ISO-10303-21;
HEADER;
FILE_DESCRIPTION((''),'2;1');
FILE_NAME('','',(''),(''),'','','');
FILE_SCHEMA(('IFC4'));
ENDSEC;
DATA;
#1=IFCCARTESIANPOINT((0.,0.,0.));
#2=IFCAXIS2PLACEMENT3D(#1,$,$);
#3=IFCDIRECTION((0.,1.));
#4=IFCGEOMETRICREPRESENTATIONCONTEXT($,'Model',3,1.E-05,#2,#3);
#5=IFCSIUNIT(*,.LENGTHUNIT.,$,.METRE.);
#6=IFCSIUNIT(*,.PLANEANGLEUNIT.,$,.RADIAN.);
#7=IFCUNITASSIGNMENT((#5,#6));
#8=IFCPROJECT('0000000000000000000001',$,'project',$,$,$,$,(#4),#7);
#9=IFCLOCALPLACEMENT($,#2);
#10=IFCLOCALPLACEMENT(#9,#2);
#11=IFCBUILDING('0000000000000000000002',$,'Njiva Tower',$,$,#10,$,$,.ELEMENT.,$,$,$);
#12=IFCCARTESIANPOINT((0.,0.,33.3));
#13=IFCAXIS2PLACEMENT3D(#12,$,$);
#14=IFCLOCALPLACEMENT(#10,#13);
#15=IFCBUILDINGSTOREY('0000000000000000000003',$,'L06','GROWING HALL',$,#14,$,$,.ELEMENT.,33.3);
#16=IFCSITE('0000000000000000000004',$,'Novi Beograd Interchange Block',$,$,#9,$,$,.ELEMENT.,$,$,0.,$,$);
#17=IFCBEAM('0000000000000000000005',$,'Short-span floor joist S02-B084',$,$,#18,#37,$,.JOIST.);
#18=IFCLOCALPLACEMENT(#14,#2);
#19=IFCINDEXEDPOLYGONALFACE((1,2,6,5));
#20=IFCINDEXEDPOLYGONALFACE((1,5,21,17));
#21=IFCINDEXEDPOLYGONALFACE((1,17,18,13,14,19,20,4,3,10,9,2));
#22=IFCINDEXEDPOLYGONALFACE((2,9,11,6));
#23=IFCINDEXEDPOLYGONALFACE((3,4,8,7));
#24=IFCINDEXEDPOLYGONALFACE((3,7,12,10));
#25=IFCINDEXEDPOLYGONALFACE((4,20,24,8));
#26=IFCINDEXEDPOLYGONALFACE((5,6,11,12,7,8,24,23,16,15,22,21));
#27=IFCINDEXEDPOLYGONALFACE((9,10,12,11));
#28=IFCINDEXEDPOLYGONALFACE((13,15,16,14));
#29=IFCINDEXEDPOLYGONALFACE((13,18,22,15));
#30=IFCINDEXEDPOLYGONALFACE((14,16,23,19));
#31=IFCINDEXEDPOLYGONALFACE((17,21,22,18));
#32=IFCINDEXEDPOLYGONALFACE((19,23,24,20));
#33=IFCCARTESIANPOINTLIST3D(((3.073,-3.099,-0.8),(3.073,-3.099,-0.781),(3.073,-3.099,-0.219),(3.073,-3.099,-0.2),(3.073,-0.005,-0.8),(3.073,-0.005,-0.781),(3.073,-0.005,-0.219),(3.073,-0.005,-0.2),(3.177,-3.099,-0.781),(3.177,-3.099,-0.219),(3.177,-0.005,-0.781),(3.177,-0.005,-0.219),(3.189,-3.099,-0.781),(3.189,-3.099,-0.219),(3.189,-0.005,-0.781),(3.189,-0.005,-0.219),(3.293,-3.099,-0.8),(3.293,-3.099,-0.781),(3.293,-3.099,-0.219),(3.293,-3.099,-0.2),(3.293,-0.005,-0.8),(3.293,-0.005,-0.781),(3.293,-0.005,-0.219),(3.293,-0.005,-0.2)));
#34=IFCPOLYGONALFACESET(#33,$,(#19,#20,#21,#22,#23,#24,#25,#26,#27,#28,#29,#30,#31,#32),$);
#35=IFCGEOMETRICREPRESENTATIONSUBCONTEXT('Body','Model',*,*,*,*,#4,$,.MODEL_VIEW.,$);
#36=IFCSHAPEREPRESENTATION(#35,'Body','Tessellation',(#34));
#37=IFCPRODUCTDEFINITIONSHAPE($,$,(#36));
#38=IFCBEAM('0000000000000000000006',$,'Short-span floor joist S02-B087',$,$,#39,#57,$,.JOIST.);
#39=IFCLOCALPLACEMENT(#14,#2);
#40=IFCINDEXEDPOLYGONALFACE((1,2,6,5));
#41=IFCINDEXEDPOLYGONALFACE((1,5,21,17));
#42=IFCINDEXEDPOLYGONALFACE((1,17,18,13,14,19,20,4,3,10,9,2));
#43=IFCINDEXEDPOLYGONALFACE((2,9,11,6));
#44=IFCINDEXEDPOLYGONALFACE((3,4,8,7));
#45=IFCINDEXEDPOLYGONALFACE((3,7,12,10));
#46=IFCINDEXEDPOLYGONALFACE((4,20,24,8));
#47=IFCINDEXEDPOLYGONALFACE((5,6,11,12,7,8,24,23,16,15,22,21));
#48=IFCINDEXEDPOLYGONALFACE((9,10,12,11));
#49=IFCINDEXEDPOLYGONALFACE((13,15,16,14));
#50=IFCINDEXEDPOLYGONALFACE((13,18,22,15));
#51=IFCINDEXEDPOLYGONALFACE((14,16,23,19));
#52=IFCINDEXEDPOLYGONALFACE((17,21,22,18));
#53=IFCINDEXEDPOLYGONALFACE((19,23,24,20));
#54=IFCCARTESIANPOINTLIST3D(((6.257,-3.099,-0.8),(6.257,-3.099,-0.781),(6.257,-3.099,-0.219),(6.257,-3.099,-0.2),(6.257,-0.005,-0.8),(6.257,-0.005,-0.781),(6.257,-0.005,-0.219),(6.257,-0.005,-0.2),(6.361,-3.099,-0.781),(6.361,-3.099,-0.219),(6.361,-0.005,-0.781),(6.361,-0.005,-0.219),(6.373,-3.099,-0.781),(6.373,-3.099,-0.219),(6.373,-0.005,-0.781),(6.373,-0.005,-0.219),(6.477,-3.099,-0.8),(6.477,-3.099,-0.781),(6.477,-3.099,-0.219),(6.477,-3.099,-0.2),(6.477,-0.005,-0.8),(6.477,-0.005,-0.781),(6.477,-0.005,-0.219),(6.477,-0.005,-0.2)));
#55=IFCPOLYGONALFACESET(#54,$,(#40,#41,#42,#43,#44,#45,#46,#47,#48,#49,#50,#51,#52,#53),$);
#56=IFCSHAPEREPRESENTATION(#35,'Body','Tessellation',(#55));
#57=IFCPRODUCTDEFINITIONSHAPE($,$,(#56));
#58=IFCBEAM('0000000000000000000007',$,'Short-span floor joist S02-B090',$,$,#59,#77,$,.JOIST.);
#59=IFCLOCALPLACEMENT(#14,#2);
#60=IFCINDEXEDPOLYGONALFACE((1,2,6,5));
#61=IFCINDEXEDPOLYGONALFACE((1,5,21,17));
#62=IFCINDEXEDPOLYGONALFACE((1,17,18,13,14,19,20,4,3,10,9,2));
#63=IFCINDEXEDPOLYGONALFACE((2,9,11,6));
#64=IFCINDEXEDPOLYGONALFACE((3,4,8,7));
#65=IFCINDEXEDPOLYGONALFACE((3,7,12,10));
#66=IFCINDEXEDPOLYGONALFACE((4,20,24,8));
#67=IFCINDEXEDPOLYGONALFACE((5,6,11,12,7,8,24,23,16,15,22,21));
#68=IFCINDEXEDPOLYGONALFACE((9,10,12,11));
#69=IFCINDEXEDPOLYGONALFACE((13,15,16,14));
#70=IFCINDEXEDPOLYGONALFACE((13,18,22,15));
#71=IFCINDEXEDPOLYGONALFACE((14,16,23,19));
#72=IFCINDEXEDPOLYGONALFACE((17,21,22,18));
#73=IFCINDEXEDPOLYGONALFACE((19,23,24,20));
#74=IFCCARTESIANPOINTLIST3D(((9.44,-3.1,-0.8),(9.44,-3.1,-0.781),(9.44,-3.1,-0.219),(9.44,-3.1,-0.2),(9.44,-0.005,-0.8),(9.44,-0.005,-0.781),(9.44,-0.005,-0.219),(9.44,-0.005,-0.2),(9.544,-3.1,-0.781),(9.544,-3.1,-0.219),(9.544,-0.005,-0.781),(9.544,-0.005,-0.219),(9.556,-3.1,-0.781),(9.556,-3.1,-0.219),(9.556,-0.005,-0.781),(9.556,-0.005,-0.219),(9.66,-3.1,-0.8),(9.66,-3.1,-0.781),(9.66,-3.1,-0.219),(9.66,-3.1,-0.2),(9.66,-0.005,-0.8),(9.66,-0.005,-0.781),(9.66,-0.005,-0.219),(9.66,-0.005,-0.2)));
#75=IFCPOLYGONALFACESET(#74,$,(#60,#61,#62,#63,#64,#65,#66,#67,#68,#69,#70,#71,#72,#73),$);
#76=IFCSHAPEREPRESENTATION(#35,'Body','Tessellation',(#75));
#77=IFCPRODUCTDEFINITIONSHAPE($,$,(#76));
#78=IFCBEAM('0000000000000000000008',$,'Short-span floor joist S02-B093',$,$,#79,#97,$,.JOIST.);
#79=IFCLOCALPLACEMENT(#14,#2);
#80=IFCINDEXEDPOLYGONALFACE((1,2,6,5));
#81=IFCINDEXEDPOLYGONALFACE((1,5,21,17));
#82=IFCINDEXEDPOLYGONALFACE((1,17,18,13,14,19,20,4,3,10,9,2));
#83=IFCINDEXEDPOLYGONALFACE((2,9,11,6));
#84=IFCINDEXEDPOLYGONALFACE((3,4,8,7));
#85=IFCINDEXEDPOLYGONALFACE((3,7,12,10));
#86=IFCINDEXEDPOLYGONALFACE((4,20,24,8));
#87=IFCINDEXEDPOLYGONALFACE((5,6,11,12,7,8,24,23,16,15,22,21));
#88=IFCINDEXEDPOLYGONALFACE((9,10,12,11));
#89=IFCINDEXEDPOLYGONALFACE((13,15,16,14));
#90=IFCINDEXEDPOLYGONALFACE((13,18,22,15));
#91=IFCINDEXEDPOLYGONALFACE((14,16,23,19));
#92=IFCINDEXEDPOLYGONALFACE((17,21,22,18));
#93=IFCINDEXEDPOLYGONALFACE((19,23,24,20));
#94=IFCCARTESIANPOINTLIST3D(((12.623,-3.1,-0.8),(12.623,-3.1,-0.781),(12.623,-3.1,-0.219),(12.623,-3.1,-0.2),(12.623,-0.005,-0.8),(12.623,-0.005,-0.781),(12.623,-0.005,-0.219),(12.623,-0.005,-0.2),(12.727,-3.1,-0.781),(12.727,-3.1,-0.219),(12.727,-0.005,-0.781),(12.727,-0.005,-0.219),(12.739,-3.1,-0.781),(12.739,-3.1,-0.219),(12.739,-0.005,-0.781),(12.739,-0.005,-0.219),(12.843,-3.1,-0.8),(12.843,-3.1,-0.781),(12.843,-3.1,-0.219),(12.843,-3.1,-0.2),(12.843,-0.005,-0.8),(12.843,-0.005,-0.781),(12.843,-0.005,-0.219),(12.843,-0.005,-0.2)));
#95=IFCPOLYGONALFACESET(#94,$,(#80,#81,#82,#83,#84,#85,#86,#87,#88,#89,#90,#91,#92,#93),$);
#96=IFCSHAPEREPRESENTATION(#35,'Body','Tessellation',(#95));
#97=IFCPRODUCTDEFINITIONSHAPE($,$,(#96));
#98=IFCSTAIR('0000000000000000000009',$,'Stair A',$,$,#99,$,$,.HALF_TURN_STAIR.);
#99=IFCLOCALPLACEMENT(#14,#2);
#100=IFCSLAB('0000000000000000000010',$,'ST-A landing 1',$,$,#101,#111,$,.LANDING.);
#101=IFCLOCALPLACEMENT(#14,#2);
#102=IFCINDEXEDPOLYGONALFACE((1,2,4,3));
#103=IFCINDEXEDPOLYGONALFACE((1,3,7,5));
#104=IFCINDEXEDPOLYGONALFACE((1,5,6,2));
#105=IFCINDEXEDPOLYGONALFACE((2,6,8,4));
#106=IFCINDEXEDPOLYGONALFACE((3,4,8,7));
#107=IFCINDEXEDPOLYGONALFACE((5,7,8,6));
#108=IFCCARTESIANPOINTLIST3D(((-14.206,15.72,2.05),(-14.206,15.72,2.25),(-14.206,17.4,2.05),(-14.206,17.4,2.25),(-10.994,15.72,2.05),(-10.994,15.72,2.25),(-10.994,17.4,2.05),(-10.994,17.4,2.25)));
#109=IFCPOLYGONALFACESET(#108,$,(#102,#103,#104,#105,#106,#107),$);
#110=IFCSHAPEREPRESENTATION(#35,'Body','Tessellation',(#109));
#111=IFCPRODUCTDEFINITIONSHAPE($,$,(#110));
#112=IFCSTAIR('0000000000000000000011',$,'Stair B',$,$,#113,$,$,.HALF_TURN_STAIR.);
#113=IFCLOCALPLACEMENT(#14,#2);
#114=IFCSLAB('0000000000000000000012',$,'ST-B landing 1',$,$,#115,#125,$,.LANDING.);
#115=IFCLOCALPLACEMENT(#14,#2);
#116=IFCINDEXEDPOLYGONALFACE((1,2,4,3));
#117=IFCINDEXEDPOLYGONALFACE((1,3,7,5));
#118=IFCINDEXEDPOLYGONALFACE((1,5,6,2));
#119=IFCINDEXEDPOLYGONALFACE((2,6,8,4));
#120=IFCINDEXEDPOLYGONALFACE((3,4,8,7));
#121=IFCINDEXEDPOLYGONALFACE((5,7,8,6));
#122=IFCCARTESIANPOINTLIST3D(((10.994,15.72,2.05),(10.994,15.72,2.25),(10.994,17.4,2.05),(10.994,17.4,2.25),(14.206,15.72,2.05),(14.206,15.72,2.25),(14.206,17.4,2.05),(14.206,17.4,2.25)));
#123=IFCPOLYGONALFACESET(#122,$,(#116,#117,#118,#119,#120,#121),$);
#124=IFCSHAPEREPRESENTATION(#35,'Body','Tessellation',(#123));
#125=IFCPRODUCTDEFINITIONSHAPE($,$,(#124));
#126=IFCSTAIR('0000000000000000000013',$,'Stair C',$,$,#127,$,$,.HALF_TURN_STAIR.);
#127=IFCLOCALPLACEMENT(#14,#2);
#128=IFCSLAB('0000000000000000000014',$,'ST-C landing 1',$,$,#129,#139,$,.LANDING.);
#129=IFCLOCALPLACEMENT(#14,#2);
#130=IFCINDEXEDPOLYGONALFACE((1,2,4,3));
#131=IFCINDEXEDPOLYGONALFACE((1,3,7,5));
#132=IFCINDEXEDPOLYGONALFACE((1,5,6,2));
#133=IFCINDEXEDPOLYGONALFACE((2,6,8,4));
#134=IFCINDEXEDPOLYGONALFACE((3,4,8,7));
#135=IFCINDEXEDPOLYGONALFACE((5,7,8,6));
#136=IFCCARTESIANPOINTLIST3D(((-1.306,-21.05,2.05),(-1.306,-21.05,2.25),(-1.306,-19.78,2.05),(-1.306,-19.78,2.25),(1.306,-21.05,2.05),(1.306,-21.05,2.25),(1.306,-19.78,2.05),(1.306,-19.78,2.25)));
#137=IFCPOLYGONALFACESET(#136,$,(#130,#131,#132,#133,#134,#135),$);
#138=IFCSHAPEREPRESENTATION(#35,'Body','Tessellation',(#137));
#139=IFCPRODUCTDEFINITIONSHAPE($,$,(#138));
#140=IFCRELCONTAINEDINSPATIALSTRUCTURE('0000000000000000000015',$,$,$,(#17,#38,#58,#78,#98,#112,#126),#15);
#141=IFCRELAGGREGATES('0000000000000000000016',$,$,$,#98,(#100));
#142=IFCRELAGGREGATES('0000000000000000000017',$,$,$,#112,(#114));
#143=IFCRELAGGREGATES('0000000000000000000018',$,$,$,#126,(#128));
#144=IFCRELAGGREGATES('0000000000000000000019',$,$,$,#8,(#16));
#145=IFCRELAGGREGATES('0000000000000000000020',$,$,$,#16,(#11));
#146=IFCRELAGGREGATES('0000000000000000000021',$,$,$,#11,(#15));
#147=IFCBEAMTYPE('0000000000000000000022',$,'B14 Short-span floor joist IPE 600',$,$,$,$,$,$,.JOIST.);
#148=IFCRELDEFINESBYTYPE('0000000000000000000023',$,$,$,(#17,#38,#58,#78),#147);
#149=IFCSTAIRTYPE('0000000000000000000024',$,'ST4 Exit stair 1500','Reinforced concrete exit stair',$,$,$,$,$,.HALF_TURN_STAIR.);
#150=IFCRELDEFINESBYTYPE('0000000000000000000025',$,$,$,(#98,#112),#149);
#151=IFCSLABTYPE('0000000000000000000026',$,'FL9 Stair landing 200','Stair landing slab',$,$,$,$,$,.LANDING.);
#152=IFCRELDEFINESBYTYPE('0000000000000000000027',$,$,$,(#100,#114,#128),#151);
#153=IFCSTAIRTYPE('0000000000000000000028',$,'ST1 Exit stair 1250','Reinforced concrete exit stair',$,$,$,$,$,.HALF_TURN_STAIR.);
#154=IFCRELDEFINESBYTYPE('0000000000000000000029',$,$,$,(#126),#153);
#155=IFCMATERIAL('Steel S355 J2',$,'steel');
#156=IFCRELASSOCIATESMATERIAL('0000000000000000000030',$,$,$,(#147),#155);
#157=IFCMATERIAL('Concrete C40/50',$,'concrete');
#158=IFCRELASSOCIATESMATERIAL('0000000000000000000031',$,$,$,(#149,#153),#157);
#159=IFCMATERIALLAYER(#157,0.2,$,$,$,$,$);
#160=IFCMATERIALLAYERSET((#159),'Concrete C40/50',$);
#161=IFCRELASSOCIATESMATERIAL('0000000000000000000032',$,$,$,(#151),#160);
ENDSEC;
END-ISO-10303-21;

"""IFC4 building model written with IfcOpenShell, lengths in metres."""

from ifc_helpers import new_model, si_unit, direction, frame, origin, origin_2d, place, context, subcontext, project, spatial, polyline, i_section, outline, extrude, material, layer, layer_set, material_profile, profile_set, type_object, element, aggregate, save


model = new_model("IFC4")

# Units and contexts
model_context = context("Model", 3, precision=1e-05, world=origin(), true_north=direction((0.0, 1.0)))
body_context = subcontext(model_context, "Body", "Model", "MODEL_VIEW")
ifc_project = project(units=[si_unit("LENGTHUNIT", "METRE"), si_unit("PLANEANGLEUNIT", "RADIAN")], contexts=[model_context])

# Site, building, storey
site_placement = place(None, origin())
site = spatial("IfcSite", under=ifc_project, at=site_placement, Name="Novi Beograd Interchange Block", CompositionType="ELEMENT", RefElevation=0.0)
building_placement = place(site_placement, origin())
building = spatial("IfcBuilding", under=site, at=building_placement, Name="Njiva Tower", CompositionType="ELEMENT")
storey_placement = place(building_placement, frame((0.0, 0.0, 33.3)))
storey = spatial("IfcBuildingStorey", under=building, at=storey_placement, Name="L06", Description="GROWING HALL", CompositionType="ELEMENT", Elevation=33.3)

# Beams
ifc_material_1 = material(Name="Steel S355 J2", Category="steel")
ifc_material_profile = material_profile(ifc_material_1, i_section(OverallWidth=0.22, OverallDepth=0.6, WebThickness=0.012, FlangeThickness=0.019, at=origin_2d()), Name="IPE 600")
ifc_profile_set = profile_set([ifc_material_profile], Name="Steel S355 J2")
beam_type = type_object("IfcBeamType", Name="B14 Short-span floor joist IPE 600", PredefinedType="JOIST", material=ifc_profile_set)
for number, where, z_axis, x_axis, name in (
    (1, (3.183, -0.005, -0.5), (0.0, -1.0, 0.0), (1.0, 0.0, 0.0), "Short-span floor joist S02-B084"),
    (2, (6.367, -0.005, -0.5), (0.0, -1.0, 0.0), (1.0, 0.0, 0.0), "Short-span floor joist S02-B087"),
):
    element("IfcBeam", number, at=place(storey_placement, frame(where, z_axis=z_axis, x_axis=x_axis)), inside=storey, type_object=beam_type, Name=name, PredefinedType="JOIST", context=body_context, shape_type="SweptSolid", body=[
        extrude(i_section(OverallWidth=0.22, OverallDepth=0.6, WebThickness=0.012, FlangeThickness=0.019, at=origin_2d()), origin(), (0.0, 0.0, 1.0), 3.094),
    ])
for number, where, z_axis, x_axis, name in (
    (3, (9.55, -0.005, -0.5), (0.0, -1.0, 0.0), (1.0, 0.0, 0.0), "Short-span floor joist S02-B090"),
    (4, (12.733, -0.005, -0.5), (0.0, -1.0, 0.0), (1.0, 0.0, 0.0), "Short-span floor joist S02-B093"),
):
    element("IfcBeam", number, at=place(storey_placement, frame(where, z_axis=z_axis, x_axis=x_axis)), inside=storey, type_object=beam_type, Name=name, PredefinedType="JOIST", context=body_context, shape_type="SweptSolid", body=[
        extrude(i_section(OverallWidth=0.22, OverallDepth=0.6, WebThickness=0.012, FlangeThickness=0.019, at=origin_2d()), origin(), (0.0, 0.0, 1.0), 3.095),
    ])

# Stairs, slabs
ifc_material_2 = material(Name="Concrete C40/50", Category="concrete")
stair_type_1 = type_object("IfcStairType", Name="ST4 Exit stair 1500", Description="Reinforced concrete exit stair", PredefinedType="HALF_TURN_STAIR", material=ifc_material_2)
stair_1_placement = place(storey_placement, origin())
stair_1 = element("IfcStair", 5, at=stair_1_placement, inside=storey, type_object=stair_type_1, Name="Stair A", PredefinedType="HALF_TURN_STAIR")
ifc_layer_1 = layer(ifc_material_2, 0.2)
ifc_layer_set_1 = layer_set([ifc_layer_1], Name="Concrete C40/50")
slab_type_1 = type_object("IfcSlabType", Name="FL9 Stair landing 200", Description="Stair landing slab", PredefinedType="LANDING", material=ifc_layer_set_1)
slab_1_placement = place(storey_placement, frame((0.0, 0.0, 2.05)))
slab_1 = element("IfcSlab", 6, at=slab_1_placement, type_object=slab_type_1, Name="ST-A landing 1", PredefinedType="LANDING", context=body_context, shape_type="SweptSolid", body=[
    extrude(outline(polyline([(-14.206, 15.72), (-10.994, 15.72), (-10.994, 17.4), (-14.206, 17.4), (-14.206, 15.72)])), origin(), (0.0, 0.0, 1.0), 0.2),
])
aggregate(stair_1, [slab_1])
stair_2_placement = place(storey_placement, origin())
stair_2 = element("IfcStair", 7, at=stair_2_placement, inside=storey, type_object=stair_type_1, Name="Stair B", PredefinedType="HALF_TURN_STAIR")
slab_2_placement = place(storey_placement, frame((0.0, 0.0, 2.05)))
slab_2 = element("IfcSlab", 8, at=slab_2_placement, type_object=slab_type_1, Name="ST-B landing 1", PredefinedType="LANDING", context=body_context, shape_type="SweptSolid", body=[
    extrude(outline(polyline([(10.994, 15.72), (14.206, 15.72), (14.206, 17.4), (10.994, 17.4), (10.994, 15.72)])), origin(), (0.0, 0.0, 1.0), 0.2),
])
aggregate(stair_2, [slab_2])
stair_type_2 = type_object("IfcStairType", Name="ST1 Exit stair 1250", Description="Reinforced concrete exit stair", PredefinedType="HALF_TURN_STAIR", material=ifc_material_2)
stair_3_placement = place(storey_placement, origin())
stair_3 = element("IfcStair", 9, at=stair_3_placement, inside=storey, type_object=stair_type_2, Name="Stair C", PredefinedType="HALF_TURN_STAIR")
slab_3_placement = place(storey_placement, frame((0.0, 0.0, 2.05)))
slab_3 = element("IfcSlab", 10, at=slab_3_placement, type_object=slab_type_1, Name="ST-C landing 1", PredefinedType="LANDING", context=body_context, shape_type="SweptSolid", body=[
    extrude(outline(polyline([(-1.306, -21.05), (1.306, -21.05), (1.306, -19.78), (-1.306, -19.78), (-1.306, -21.05)])), origin(), (0.0, 0.0, 1.0), 0.2),
])
aggregate(stair_3, [slab_3])

save(model, "model.ifc")
